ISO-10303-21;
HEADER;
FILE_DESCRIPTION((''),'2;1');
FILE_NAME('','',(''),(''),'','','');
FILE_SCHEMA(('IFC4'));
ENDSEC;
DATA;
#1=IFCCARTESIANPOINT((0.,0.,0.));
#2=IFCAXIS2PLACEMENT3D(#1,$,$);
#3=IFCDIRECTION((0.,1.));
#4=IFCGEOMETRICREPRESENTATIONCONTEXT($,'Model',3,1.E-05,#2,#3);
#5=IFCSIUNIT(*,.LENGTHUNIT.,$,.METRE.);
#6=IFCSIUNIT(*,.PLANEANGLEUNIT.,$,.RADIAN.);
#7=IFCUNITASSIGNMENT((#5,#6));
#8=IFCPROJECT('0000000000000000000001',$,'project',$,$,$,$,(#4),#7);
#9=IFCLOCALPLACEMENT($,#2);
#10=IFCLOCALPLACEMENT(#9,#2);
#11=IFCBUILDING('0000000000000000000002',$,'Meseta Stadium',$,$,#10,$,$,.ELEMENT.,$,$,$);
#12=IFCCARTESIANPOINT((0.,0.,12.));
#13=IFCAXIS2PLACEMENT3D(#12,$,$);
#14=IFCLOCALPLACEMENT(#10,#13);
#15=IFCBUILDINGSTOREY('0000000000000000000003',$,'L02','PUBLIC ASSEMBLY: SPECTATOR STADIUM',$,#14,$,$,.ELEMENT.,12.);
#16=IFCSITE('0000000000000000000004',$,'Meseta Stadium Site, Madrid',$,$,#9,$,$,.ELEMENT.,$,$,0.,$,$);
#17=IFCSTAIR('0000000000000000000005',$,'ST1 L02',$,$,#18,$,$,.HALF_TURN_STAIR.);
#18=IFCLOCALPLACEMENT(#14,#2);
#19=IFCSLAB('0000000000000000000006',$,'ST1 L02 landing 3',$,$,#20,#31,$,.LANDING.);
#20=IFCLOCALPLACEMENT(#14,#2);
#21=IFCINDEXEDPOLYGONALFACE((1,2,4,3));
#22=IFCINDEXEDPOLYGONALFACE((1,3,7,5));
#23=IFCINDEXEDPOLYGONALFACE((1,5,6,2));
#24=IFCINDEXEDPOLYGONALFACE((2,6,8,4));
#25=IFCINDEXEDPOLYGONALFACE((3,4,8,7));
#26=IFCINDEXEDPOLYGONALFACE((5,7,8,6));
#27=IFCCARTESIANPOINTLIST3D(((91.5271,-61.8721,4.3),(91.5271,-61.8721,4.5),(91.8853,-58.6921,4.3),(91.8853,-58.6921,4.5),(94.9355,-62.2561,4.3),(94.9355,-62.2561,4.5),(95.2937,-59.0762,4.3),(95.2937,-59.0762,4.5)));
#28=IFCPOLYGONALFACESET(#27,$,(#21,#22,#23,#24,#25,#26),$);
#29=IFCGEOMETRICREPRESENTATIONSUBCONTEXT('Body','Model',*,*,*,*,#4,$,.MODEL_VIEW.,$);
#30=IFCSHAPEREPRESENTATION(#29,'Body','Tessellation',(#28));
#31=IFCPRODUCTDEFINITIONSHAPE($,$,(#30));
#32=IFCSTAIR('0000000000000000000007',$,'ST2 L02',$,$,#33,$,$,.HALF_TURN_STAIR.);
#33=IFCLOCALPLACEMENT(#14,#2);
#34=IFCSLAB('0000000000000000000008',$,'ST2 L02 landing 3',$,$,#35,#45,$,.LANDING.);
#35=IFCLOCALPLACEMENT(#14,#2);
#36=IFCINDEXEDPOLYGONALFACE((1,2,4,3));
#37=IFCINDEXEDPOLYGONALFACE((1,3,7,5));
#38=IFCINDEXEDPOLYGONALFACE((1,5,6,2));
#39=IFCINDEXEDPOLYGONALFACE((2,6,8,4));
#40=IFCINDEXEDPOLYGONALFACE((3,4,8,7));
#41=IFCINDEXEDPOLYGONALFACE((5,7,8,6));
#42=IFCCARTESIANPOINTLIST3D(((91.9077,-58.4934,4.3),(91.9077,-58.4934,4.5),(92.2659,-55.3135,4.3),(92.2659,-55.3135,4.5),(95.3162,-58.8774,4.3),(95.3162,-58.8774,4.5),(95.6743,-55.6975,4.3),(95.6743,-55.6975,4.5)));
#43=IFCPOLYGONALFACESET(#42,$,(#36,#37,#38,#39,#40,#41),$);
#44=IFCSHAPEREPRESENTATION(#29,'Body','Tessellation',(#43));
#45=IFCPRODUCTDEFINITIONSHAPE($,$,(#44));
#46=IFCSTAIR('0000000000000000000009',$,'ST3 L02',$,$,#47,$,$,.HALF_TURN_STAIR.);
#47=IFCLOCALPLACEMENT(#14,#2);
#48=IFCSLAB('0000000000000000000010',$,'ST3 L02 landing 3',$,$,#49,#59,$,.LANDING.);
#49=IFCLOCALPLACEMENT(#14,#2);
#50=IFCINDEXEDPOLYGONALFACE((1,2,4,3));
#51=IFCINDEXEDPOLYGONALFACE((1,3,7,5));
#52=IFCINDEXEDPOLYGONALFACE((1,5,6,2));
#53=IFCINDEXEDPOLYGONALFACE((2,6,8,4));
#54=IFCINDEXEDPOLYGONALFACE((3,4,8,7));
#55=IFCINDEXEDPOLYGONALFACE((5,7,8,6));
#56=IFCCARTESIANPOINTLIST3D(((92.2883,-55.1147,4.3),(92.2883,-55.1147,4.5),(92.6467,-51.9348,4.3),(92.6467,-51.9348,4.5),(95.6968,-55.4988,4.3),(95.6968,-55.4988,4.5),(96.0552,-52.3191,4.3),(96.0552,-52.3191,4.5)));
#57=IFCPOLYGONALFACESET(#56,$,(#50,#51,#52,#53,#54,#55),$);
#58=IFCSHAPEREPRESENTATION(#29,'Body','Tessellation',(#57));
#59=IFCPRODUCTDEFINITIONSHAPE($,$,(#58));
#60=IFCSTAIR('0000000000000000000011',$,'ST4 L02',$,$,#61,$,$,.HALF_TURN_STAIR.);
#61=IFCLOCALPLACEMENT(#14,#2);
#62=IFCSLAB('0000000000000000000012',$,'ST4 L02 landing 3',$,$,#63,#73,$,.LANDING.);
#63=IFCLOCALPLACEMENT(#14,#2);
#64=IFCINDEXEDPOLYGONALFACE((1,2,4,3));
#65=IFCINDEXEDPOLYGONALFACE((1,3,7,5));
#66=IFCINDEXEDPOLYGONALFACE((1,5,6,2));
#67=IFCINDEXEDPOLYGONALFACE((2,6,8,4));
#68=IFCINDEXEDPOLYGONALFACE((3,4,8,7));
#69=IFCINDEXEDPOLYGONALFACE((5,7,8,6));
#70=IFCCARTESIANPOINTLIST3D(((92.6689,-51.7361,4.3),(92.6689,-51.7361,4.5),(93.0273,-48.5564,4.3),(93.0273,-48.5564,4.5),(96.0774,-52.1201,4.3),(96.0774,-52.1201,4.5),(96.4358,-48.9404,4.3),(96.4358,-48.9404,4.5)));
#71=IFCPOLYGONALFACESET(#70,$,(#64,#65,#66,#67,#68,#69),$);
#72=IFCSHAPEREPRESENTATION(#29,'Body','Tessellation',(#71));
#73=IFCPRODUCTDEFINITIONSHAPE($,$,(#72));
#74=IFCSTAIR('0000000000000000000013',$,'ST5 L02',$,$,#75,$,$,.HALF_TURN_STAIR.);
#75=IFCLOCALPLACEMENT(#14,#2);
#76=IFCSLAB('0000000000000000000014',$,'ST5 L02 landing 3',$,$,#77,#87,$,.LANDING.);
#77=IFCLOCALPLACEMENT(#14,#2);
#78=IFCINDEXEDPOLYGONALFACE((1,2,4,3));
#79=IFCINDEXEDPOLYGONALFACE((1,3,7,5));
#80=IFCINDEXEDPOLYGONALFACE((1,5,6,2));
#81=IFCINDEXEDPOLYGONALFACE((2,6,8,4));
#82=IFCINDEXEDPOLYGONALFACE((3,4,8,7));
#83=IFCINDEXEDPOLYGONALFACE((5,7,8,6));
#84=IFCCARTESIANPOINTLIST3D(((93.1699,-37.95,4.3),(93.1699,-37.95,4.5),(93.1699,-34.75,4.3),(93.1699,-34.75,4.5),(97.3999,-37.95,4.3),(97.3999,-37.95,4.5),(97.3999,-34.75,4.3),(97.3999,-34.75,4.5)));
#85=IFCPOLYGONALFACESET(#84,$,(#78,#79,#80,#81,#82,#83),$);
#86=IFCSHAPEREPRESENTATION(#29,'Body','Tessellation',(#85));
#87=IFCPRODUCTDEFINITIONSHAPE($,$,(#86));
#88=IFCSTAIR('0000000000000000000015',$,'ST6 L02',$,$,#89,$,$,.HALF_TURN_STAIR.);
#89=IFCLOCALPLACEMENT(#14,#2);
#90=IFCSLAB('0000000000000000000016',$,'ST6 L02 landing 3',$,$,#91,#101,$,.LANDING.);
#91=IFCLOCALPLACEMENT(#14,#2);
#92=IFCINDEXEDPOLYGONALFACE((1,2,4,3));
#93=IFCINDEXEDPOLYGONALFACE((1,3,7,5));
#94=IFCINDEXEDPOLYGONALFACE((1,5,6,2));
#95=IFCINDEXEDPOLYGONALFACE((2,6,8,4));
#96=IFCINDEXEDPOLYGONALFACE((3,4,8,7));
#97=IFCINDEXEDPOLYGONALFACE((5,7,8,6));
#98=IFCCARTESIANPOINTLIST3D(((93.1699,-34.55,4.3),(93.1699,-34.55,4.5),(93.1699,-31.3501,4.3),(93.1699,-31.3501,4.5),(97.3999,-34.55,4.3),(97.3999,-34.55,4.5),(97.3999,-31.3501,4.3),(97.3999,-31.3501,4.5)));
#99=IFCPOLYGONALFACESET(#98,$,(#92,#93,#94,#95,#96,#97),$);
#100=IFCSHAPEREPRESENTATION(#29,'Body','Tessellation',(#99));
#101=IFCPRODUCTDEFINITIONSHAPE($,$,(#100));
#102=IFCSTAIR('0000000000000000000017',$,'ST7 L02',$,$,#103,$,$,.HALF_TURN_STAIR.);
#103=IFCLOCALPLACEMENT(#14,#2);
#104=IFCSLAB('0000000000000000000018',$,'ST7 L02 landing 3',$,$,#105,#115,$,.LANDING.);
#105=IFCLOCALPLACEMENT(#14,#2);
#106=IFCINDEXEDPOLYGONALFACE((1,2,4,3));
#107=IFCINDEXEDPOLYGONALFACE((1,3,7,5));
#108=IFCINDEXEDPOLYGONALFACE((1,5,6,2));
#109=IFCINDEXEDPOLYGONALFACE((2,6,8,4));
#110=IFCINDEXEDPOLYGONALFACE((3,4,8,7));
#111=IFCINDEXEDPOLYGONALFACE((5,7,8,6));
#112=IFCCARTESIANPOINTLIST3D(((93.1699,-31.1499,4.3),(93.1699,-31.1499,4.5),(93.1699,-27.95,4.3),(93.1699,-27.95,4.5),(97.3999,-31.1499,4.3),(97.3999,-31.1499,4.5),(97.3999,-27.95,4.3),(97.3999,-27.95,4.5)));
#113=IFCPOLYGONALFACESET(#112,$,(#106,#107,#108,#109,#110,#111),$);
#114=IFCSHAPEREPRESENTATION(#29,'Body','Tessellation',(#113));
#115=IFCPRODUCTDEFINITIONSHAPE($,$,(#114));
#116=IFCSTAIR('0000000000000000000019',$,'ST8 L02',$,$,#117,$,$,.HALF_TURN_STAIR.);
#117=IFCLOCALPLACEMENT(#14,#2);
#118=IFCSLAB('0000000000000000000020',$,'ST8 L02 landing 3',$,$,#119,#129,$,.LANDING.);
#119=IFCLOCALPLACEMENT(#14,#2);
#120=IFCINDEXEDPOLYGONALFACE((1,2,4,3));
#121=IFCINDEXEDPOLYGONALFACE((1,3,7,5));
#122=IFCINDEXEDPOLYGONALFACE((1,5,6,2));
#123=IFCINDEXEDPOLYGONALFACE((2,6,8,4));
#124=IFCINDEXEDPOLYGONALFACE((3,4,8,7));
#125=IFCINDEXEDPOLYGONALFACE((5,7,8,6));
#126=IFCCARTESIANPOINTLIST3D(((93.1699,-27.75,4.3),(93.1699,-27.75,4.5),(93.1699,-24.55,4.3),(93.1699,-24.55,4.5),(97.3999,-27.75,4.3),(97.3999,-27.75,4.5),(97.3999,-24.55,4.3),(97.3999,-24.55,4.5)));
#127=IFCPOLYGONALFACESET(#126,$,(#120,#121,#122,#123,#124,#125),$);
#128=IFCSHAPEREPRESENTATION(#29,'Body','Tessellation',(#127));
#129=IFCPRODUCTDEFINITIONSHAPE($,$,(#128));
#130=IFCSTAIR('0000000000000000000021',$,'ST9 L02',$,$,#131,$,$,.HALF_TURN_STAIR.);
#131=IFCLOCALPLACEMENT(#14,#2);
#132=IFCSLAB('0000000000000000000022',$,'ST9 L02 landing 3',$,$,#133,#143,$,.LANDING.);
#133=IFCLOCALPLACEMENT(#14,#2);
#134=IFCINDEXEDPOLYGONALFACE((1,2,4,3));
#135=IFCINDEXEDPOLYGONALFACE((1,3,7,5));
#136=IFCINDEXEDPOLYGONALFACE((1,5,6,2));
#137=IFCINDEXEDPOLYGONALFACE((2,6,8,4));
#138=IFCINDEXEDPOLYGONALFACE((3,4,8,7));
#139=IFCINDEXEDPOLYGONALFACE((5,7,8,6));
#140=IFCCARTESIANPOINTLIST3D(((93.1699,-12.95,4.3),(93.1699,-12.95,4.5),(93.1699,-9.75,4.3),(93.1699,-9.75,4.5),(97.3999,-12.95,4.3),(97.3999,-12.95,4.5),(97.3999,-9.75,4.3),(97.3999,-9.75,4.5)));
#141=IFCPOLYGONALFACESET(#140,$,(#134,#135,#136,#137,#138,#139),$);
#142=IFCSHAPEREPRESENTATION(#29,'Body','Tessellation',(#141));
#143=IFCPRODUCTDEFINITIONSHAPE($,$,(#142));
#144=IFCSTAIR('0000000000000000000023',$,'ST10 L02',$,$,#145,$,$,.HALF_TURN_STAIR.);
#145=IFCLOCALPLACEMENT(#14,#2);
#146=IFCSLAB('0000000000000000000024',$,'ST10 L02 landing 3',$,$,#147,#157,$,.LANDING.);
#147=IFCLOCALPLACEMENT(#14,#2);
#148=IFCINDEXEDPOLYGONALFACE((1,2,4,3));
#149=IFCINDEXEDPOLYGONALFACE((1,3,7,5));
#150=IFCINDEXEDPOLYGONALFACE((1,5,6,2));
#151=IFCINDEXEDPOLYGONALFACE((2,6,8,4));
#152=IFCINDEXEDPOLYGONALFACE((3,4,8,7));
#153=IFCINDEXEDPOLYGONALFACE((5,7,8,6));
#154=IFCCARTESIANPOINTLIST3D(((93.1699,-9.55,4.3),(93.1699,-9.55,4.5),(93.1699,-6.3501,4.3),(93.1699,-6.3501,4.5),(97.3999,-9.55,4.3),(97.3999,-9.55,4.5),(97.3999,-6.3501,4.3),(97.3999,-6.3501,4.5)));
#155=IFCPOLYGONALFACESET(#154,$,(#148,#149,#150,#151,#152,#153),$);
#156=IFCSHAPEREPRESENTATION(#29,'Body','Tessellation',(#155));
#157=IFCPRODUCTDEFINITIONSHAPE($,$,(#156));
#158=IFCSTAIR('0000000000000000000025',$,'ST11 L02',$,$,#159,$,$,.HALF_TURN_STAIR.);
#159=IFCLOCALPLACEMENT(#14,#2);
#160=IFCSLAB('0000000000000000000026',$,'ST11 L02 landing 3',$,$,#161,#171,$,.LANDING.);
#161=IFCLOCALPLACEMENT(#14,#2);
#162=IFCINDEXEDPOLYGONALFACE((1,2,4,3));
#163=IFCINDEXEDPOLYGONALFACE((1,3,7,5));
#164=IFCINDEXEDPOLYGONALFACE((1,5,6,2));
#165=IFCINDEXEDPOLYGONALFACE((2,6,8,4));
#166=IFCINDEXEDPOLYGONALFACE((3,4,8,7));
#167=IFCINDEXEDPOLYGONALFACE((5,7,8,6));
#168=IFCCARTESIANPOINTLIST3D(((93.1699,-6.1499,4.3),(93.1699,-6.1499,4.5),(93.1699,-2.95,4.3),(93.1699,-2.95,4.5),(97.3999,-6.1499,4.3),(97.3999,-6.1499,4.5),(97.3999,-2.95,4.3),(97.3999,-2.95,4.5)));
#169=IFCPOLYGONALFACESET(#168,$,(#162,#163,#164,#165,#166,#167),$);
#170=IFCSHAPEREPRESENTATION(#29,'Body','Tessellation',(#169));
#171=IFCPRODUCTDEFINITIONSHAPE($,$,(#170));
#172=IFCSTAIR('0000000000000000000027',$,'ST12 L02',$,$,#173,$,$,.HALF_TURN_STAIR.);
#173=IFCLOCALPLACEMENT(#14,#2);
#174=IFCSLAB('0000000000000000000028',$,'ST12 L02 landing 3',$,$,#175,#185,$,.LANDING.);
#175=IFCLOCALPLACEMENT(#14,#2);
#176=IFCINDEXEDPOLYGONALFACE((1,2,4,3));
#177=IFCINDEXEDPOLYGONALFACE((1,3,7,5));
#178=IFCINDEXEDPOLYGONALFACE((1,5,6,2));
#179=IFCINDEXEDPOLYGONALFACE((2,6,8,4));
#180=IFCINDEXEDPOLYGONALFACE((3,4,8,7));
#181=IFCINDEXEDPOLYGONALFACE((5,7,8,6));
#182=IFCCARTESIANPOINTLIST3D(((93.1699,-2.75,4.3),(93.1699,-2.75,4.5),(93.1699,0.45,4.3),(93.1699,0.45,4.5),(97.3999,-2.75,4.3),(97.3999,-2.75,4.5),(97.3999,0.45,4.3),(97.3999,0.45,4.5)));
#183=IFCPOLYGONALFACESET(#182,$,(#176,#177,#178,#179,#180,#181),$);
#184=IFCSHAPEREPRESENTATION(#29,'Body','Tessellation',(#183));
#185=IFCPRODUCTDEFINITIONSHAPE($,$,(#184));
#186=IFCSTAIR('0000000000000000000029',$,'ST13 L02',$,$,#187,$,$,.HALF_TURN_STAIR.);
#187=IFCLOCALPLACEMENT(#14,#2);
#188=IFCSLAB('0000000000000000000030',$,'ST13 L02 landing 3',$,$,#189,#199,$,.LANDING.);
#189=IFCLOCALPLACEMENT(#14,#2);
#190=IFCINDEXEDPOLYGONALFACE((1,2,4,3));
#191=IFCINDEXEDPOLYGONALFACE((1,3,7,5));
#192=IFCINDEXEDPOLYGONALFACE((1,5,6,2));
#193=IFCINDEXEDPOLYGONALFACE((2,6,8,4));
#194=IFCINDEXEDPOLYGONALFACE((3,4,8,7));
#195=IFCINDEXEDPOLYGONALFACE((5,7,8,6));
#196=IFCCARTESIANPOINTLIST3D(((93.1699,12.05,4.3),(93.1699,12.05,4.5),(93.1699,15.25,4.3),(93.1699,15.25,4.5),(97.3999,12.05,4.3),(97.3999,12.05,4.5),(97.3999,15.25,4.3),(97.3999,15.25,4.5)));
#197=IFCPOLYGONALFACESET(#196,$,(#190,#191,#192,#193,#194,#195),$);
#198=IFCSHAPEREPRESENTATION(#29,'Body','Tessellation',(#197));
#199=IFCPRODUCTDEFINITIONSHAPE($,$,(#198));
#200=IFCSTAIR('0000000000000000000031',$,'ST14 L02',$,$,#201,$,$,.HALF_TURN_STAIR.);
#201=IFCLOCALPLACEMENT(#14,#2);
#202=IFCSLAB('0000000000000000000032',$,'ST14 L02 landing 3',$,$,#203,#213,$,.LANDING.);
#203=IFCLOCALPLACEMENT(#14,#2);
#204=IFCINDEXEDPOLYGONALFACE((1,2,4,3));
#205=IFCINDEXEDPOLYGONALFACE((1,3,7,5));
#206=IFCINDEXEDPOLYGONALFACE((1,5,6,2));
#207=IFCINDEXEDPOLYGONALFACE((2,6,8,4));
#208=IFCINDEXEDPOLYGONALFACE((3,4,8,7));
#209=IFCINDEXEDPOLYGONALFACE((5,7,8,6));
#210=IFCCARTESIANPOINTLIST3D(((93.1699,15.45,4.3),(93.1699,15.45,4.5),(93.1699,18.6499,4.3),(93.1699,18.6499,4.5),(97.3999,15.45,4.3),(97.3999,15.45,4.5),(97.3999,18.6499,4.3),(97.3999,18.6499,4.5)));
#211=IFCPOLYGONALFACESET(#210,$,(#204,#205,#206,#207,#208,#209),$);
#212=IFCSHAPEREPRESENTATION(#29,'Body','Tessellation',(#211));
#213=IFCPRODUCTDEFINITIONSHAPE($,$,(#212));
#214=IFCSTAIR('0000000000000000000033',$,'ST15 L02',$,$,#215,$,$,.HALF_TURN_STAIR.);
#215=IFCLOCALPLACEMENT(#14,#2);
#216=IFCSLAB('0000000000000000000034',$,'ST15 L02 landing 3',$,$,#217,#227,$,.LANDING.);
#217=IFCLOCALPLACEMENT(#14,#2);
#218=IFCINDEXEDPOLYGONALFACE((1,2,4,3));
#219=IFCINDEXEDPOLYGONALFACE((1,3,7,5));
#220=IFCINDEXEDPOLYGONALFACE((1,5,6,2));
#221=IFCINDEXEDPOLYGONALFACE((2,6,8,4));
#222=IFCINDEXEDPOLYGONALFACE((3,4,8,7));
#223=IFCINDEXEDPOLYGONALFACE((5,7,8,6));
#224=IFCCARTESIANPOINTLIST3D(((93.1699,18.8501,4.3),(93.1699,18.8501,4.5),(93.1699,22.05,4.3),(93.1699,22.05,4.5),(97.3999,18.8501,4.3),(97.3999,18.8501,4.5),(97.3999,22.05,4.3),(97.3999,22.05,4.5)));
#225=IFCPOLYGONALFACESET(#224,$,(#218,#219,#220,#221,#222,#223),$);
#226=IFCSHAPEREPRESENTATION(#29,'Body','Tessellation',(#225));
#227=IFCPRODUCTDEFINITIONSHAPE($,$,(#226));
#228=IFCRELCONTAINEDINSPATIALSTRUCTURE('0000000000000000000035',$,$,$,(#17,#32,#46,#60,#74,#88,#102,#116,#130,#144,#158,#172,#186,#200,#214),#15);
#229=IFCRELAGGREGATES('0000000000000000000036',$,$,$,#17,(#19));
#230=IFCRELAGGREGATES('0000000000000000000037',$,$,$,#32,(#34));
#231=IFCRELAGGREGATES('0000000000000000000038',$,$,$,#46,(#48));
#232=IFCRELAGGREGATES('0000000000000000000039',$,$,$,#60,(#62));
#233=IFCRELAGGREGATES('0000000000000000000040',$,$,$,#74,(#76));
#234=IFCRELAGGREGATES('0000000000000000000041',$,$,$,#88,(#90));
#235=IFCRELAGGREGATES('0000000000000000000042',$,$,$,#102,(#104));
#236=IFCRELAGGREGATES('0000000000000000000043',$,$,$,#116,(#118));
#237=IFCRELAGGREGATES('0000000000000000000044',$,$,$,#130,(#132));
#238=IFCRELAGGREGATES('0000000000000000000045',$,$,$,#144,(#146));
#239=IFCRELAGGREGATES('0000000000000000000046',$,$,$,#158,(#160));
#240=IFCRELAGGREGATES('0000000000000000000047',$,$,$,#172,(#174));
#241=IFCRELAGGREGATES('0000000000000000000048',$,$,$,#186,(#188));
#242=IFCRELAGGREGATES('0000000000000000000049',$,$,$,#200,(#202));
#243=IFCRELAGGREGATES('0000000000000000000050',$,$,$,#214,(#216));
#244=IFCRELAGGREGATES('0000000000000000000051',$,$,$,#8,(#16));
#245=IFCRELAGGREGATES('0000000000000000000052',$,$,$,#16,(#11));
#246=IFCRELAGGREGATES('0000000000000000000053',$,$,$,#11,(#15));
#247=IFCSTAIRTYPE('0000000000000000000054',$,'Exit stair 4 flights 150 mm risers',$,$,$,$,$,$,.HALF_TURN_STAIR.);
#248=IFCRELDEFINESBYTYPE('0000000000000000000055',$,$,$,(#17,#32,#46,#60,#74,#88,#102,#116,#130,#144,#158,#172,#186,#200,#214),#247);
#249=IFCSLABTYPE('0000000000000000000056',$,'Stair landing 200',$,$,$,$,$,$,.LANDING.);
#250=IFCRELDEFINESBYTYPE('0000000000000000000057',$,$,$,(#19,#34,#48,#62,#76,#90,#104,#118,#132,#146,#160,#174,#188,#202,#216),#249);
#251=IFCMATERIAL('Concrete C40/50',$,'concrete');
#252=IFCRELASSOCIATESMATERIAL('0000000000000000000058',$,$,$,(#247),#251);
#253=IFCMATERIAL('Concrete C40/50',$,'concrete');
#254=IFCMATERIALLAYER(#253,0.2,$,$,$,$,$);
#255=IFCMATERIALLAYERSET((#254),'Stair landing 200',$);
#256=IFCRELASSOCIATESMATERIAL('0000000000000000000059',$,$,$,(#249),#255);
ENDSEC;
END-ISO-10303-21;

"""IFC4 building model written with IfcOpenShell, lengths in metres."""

from ifc_helpers import new_model, si_unit, direction, frame, origin, place, context, subcontext, project, spatial, polyline, outline, extrude, material, layer, layer_set, type_object, element, aggregate, save


model = new_model("IFC4")

# Units and contexts
model_context = context("Model", 3, precision=1e-05, world=origin(), true_north=direction((0.0, 1.0)))
body_context = subcontext(model_context, "Body", "Model", "MODEL_VIEW")
ifc_project = project(units=[si_unit("LENGTHUNIT", "METRE"), si_unit("PLANEANGLEUNIT", "RADIAN")], contexts=[model_context])

# Site, building, storey
site_placement = place(None, origin())
site = spatial("IfcSite", under=ifc_project, at=site_placement, Name="Meseta Stadium Site, Madrid", CompositionType="ELEMENT", RefElevation=0.0)
building_placement = place(site_placement, origin())
building = spatial("IfcBuilding", under=site, at=building_placement, Name="Meseta Stadium", CompositionType="ELEMENT")
storey_placement = place(building_placement, frame((0.0, 0.0, 12.0)))
storey = spatial("IfcBuildingStorey", under=building, at=storey_placement, Name="L02", Description="PUBLIC ASSEMBLY: SPECTATOR STADIUM", CompositionType="ELEMENT", Elevation=12.0)

# Stairs, slabs
ifc_material_1 = material(Name="Concrete C40/50", Category="concrete")
stair_type = type_object("IfcStairType", Name="Exit stair 4 flights 150 mm risers", PredefinedType="HALF_TURN_STAIR", material=ifc_material_1)
stair_1_placement = place(storey_placement, origin())
stair_1 = element("IfcStair", 1, at=stair_1_placement, inside=storey, type_object=stair_type, Name="ST1 L02", PredefinedType="HALF_TURN_STAIR")
ifc_material_2 = material(Name="Concrete C40/50", Category="concrete")
ifc_layer = layer(ifc_material_2, 0.2)
ifc_layer_set = layer_set([ifc_layer], Name="Stair landing 200")
slab_type = type_object("IfcSlabType", Name="Stair landing 200", PredefinedType="LANDING", material=ifc_layer_set)
slab_1_placement = place(storey_placement, frame((0.0, 0.0, 4.3)))
slab_1 = element("IfcSlab", 2, at=slab_1_placement, type_object=slab_type, Name="ST1 L02 landing 3", PredefinedType="LANDING", context=body_context, shape_type="SweptSolid", body=[
    extrude(outline(polyline([(91.5271, -61.8721), (94.9355, -62.2561), (95.2937, -59.0762), (91.8853, -58.6921), (91.5271, -61.8721)])), origin(), (0.0, 0.0, 1.0), 0.2),
])
aggregate(stair_1, [slab_1])
stair_2_placement = place(storey_placement, origin())
stair_2 = element("IfcStair", 3, at=stair_2_placement, inside=storey, type_object=stair_type, Name="ST2 L02", PredefinedType="HALF_TURN_STAIR")
slab_2_placement = place(storey_placement, frame((0.0, 0.0, 4.3)))
slab_2 = element("IfcSlab", 4, at=slab_2_placement, type_object=slab_type, Name="ST2 L02 landing 3", PredefinedType="LANDING", context=body_context, shape_type="SweptSolid", body=[
    extrude(outline(polyline([(91.9077, -58.4934), (95.3162, -58.8774), (95.6743, -55.6975), (92.2659, -55.3135), (91.9077, -58.4934)])), origin(), (0.0, 0.0, 1.0), 0.2),
])
aggregate(stair_2, [slab_2])
stair_3_placement = place(storey_placement, origin())
stair_3 = element("IfcStair", 5, at=stair_3_placement, inside=storey, type_object=stair_type, Name="ST3 L02", PredefinedType="HALF_TURN_STAIR")
slab_3_placement = place(storey_placement, frame((0.0, 0.0, 4.3)))
slab_3 = element("IfcSlab", 6, at=slab_3_placement, type_object=slab_type, Name="ST3 L02 landing 3", PredefinedType="LANDING", context=body_context, shape_type="SweptSolid", body=[
    extrude(outline(polyline([(92.2883, -55.1147), (95.6968, -55.4988), (96.0552, -52.3191), (92.6467, -51.9348), (92.2883, -55.1147)])), origin(), (0.0, 0.0, 1.0), 0.2),
])
aggregate(stair_3, [slab_3])
stair_4_placement = place(storey_placement, origin())
stair_4 = element("IfcStair", 7, at=stair_4_placement, inside=storey, type_object=stair_type, Name="ST4 L02", PredefinedType="HALF_TURN_STAIR")
slab_4_placement = place(storey_placement, frame((0.0, 0.0, 4.3)))
slab_4 = element("IfcSlab", 8, at=slab_4_placement, type_object=slab_type, Name="ST4 L02 landing 3", PredefinedType="LANDING", context=body_context, shape_type="SweptSolid", body=[
    extrude(outline(polyline([(92.6689, -51.7361), (96.0774, -52.1201), (96.4358, -48.9404), (93.0273, -48.5564), (92.6689, -51.7361)])), origin(), (0.0, 0.0, 1.0), 0.2),
])
aggregate(stair_4, [slab_4])
stair_5_placement = place(storey_placement, origin())
stair_5 = element("IfcStair", 9, at=stair_5_placement, inside=storey, type_object=stair_type, Name="ST5 L02", PredefinedType="HALF_TURN_STAIR")
slab_5_placement = place(storey_placement, frame((0.0, 0.0, 4.3)))
slab_5 = element("IfcSlab", 10, at=slab_5_placement, type_object=slab_type, Name="ST5 L02 landing 3", PredefinedType="LANDING", context=body_context, shape_type="SweptSolid", body=[
    extrude(outline(polyline([(93.1699, -37.95), (97.3999, -37.95), (97.3999, -34.75), (93.1699, -34.75), (93.1699, -37.95)])), origin(), (0.0, 0.0, 1.0), 0.2),
])
aggregate(stair_5, [slab_5])
stair_6_placement = place(storey_placement, origin())
stair_6 = element("IfcStair", 11, at=stair_6_placement, inside=storey, type_object=stair_type, Name="ST6 L02", PredefinedType="HALF_TURN_STAIR")
slab_6_placement = place(storey_placement, frame((0.0, 0.0, 4.3)))
slab_6 = element("IfcSlab", 12, at=slab_6_placement, type_object=slab_type, Name="ST6 L02 landing 3", PredefinedType="LANDING", context=body_context, shape_type="SweptSolid", body=[
    extrude(outline(polyline([(93.1699, -34.55), (97.3999, -34.55), (97.3999, -31.3501), (93.1699, -31.3501), (93.1699, -34.55)])), origin(), (0.0, 0.0, 1.0), 0.2),
])
aggregate(stair_6, [slab_6])
stair_7_placement = place(storey_placement, origin())
stair_7 = element("IfcStair", 13, at=stair_7_placement, inside=storey, type_object=stair_type, Name="ST7 L02", PredefinedType="HALF_TURN_STAIR")
slab_7_placement = place(storey_placement, frame((0.0, 0.0, 4.3)))
slab_7 = element("IfcSlab", 14, at=slab_7_placement, type_object=slab_type, Name="ST7 L02 landing 3", PredefinedType="LANDING", context=body_context, shape_type="SweptSolid", body=[
    extrude(outline(polyline([(93.1699, -31.1499), (97.3999, -31.1499), (97.3999, -27.95), (93.1699, -27.95), (93.1699, -31.1499)])), origin(), (0.0, 0.0, 1.0), 0.2),
])
aggregate(stair_7, [slab_7])
stair_8_placement = place(storey_placement, origin())
stair_8 = element("IfcStair", 15, at=stair_8_placement, inside=storey, type_object=stair_type, Name="ST8 L02", PredefinedType="HALF_TURN_STAIR")
slab_8_placement = place(storey_placement, frame((0.0, 0.0, 4.3)))
slab_8 = element("IfcSlab", 16, at=slab_8_placement, type_object=slab_type, Name="ST8 L02 landing 3", PredefinedType="LANDING", context=body_context, shape_type="SweptSolid", body=[
    extrude(outline(polyline([(93.1699, -27.75), (97.3999, -27.75), (97.3999, -24.55), (93.1699, -24.55), (93.1699, -27.75)])), origin(), (0.0, 0.0, 1.0), 0.2),
])
aggregate(stair_8, [slab_8])
stair_9_placement = place(storey_placement, origin())
stair_9 = element("IfcStair", 17, at=stair_9_placement, inside=storey, type_object=stair_type, Name="ST9 L02", PredefinedType="HALF_TURN_STAIR")
slab_9_placement = place(storey_placement, frame((0.0, 0.0, 4.3)))
slab_9 = element("IfcSlab", 18, at=slab_9_placement, type_object=slab_type, Name="ST9 L02 landing 3", PredefinedType="LANDING", context=body_context, shape_type="SweptSolid", body=[
    extrude(outline(polyline([(93.1699, -12.95), (97.3999, -12.95), (97.3999, -9.75), (93.1699, -9.75), (93.1699, -12.95)])), origin(), (0.0, 0.0, 1.0), 0.2),
])
aggregate(stair_9, [slab_9])
stair_10_placement = place(storey_placement, origin())
stair_10 = element("IfcStair", 19, at=stair_10_placement, inside=storey, type_object=stair_type, Name="ST10 L02", PredefinedType="HALF_TURN_STAIR")
slab_10_placement = place(storey_placement, frame((0.0, 0.0, 4.3)))
slab_10 = element("IfcSlab", 20, at=slab_10_placement, type_object=slab_type, Name="ST10 L02 landing 3", PredefinedType="LANDING", context=body_context, shape_type="SweptSolid", body=[
    extrude(outline(polyline([(93.1699, -9.55), (97.3999, -9.55), (97.3999, -6.3501), (93.1699, -6.3501), (93.1699, -9.55)])), origin(), (0.0, 0.0, 1.0), 0.2),
])
aggregate(stair_10, [slab_10])
stair_11_placement = place(storey_placement, origin())
stair_11 = element("IfcStair", 21, at=stair_11_placement, inside=storey, type_object=stair_type, Name="ST11 L02", PredefinedType="HALF_TURN_STAIR")
slab_11_placement = place(storey_placement, frame((0.0, 0.0, 4.3)))
slab_11 = element("IfcSlab", 22, at=slab_11_placement, type_object=slab_type, Name="ST11 L02 landing 3", PredefinedType="LANDING", context=body_context, shape_type="SweptSolid", body=[
    extrude(outline(polyline([(93.1699, -6.1499), (97.3999, -6.1499), (97.3999, -2.95), (93.1699, -2.95), (93.1699, -6.1499)])), origin(), (0.0, 0.0, 1.0), 0.2),
])
aggregate(stair_11, [slab_11])
stair_12_placement = place(storey_placement, origin())
stair_12 = element("IfcStair", 23, at=stair_12_placement, inside=storey, type_object=stair_type, Name="ST12 L02", PredefinedType="HALF_TURN_STAIR")
slab_12_placement = place(storey_placement, frame((0.0, 0.0, 4.3)))
slab_12 = element("IfcSlab", 24, at=slab_12_placement, type_object=slab_type, Name="ST12 L02 landing 3", PredefinedType="LANDING", context=body_context, shape_type="SweptSolid", body=[
    extrude(outline(polyline([(93.1699, -2.75), (97.3999, -2.75), (97.3999, 0.45), (93.1699, 0.45), (93.1699, -2.75)])), origin(), (0.0, 0.0, 1.0), 0.2),
])
aggregate(stair_12, [slab_12])
stair_13_placement = place(storey_placement, origin())
stair_13 = element("IfcStair", 25, at=stair_13_placement, inside=storey, type_object=stair_type, Name="ST13 L02", PredefinedType="HALF_TURN_STAIR")
slab_13_placement = place(storey_placement, frame((0.0, 0.0, 4.3)))
slab_13 = element("IfcSlab", 26, at=slab_13_placement, type_object=slab_type, Name="ST13 L02 landing 3", PredefinedType="LANDING", context=body_context, shape_type="SweptSolid", body=[
    extrude(outline(polyline([(93.1699, 12.05), (97.3999, 12.05), (97.3999, 15.25), (93.1699, 15.25), (93.1699, 12.05)])), origin(), (0.0, 0.0, 1.0), 0.2),
])
aggregate(stair_13, [slab_13])
stair_14_placement = place(storey_placement, origin())
stair_14 = element("IfcStair", 27, at=stair_14_placement, inside=storey, type_object=stair_type, Name="ST14 L02", PredefinedType="HALF_TURN_STAIR")
slab_14_placement = place(storey_placement, frame((0.0, 0.0, 4.3)))
slab_14 = element("IfcSlab", 28, at=slab_14_placement, type_object=slab_type, Name="ST14 L02 landing 3", PredefinedType="LANDING", context=body_context, shape_type="SweptSolid", body=[
    extrude(outline(polyline([(93.1699, 15.45), (97.3999, 15.45), (97.3999, 18.6499), (93.1699, 18.6499), (93.1699, 15.45)])), origin(), (0.0, 0.0, 1.0), 0.2),
])
aggregate(stair_14, [slab_14])
stair_15_placement = place(storey_placement, origin())
stair_15 = element("IfcStair", 29, at=stair_15_placement, inside=storey, type_object=stair_type, Name="ST15 L02", PredefinedType="HALF_TURN_STAIR")
slab_15_placement = place(storey_placement, frame((0.0, 0.0, 4.3)))
slab_15 = element("IfcSlab", 30, at=slab_15_placement, type_object=slab_type, Name="ST15 L02 landing 3", PredefinedType="LANDING", context=body_context, shape_type="SweptSolid", body=[
    extrude(outline(polyline([(93.1699, 18.8501), (97.3999, 18.8501), (97.3999, 22.05), (93.1699, 22.05), (93.1699, 18.8501)])), origin(), (0.0, 0.0, 1.0), 0.2),
])
aggregate(stair_15, [slab_15])

save(model, "model.ifc")
